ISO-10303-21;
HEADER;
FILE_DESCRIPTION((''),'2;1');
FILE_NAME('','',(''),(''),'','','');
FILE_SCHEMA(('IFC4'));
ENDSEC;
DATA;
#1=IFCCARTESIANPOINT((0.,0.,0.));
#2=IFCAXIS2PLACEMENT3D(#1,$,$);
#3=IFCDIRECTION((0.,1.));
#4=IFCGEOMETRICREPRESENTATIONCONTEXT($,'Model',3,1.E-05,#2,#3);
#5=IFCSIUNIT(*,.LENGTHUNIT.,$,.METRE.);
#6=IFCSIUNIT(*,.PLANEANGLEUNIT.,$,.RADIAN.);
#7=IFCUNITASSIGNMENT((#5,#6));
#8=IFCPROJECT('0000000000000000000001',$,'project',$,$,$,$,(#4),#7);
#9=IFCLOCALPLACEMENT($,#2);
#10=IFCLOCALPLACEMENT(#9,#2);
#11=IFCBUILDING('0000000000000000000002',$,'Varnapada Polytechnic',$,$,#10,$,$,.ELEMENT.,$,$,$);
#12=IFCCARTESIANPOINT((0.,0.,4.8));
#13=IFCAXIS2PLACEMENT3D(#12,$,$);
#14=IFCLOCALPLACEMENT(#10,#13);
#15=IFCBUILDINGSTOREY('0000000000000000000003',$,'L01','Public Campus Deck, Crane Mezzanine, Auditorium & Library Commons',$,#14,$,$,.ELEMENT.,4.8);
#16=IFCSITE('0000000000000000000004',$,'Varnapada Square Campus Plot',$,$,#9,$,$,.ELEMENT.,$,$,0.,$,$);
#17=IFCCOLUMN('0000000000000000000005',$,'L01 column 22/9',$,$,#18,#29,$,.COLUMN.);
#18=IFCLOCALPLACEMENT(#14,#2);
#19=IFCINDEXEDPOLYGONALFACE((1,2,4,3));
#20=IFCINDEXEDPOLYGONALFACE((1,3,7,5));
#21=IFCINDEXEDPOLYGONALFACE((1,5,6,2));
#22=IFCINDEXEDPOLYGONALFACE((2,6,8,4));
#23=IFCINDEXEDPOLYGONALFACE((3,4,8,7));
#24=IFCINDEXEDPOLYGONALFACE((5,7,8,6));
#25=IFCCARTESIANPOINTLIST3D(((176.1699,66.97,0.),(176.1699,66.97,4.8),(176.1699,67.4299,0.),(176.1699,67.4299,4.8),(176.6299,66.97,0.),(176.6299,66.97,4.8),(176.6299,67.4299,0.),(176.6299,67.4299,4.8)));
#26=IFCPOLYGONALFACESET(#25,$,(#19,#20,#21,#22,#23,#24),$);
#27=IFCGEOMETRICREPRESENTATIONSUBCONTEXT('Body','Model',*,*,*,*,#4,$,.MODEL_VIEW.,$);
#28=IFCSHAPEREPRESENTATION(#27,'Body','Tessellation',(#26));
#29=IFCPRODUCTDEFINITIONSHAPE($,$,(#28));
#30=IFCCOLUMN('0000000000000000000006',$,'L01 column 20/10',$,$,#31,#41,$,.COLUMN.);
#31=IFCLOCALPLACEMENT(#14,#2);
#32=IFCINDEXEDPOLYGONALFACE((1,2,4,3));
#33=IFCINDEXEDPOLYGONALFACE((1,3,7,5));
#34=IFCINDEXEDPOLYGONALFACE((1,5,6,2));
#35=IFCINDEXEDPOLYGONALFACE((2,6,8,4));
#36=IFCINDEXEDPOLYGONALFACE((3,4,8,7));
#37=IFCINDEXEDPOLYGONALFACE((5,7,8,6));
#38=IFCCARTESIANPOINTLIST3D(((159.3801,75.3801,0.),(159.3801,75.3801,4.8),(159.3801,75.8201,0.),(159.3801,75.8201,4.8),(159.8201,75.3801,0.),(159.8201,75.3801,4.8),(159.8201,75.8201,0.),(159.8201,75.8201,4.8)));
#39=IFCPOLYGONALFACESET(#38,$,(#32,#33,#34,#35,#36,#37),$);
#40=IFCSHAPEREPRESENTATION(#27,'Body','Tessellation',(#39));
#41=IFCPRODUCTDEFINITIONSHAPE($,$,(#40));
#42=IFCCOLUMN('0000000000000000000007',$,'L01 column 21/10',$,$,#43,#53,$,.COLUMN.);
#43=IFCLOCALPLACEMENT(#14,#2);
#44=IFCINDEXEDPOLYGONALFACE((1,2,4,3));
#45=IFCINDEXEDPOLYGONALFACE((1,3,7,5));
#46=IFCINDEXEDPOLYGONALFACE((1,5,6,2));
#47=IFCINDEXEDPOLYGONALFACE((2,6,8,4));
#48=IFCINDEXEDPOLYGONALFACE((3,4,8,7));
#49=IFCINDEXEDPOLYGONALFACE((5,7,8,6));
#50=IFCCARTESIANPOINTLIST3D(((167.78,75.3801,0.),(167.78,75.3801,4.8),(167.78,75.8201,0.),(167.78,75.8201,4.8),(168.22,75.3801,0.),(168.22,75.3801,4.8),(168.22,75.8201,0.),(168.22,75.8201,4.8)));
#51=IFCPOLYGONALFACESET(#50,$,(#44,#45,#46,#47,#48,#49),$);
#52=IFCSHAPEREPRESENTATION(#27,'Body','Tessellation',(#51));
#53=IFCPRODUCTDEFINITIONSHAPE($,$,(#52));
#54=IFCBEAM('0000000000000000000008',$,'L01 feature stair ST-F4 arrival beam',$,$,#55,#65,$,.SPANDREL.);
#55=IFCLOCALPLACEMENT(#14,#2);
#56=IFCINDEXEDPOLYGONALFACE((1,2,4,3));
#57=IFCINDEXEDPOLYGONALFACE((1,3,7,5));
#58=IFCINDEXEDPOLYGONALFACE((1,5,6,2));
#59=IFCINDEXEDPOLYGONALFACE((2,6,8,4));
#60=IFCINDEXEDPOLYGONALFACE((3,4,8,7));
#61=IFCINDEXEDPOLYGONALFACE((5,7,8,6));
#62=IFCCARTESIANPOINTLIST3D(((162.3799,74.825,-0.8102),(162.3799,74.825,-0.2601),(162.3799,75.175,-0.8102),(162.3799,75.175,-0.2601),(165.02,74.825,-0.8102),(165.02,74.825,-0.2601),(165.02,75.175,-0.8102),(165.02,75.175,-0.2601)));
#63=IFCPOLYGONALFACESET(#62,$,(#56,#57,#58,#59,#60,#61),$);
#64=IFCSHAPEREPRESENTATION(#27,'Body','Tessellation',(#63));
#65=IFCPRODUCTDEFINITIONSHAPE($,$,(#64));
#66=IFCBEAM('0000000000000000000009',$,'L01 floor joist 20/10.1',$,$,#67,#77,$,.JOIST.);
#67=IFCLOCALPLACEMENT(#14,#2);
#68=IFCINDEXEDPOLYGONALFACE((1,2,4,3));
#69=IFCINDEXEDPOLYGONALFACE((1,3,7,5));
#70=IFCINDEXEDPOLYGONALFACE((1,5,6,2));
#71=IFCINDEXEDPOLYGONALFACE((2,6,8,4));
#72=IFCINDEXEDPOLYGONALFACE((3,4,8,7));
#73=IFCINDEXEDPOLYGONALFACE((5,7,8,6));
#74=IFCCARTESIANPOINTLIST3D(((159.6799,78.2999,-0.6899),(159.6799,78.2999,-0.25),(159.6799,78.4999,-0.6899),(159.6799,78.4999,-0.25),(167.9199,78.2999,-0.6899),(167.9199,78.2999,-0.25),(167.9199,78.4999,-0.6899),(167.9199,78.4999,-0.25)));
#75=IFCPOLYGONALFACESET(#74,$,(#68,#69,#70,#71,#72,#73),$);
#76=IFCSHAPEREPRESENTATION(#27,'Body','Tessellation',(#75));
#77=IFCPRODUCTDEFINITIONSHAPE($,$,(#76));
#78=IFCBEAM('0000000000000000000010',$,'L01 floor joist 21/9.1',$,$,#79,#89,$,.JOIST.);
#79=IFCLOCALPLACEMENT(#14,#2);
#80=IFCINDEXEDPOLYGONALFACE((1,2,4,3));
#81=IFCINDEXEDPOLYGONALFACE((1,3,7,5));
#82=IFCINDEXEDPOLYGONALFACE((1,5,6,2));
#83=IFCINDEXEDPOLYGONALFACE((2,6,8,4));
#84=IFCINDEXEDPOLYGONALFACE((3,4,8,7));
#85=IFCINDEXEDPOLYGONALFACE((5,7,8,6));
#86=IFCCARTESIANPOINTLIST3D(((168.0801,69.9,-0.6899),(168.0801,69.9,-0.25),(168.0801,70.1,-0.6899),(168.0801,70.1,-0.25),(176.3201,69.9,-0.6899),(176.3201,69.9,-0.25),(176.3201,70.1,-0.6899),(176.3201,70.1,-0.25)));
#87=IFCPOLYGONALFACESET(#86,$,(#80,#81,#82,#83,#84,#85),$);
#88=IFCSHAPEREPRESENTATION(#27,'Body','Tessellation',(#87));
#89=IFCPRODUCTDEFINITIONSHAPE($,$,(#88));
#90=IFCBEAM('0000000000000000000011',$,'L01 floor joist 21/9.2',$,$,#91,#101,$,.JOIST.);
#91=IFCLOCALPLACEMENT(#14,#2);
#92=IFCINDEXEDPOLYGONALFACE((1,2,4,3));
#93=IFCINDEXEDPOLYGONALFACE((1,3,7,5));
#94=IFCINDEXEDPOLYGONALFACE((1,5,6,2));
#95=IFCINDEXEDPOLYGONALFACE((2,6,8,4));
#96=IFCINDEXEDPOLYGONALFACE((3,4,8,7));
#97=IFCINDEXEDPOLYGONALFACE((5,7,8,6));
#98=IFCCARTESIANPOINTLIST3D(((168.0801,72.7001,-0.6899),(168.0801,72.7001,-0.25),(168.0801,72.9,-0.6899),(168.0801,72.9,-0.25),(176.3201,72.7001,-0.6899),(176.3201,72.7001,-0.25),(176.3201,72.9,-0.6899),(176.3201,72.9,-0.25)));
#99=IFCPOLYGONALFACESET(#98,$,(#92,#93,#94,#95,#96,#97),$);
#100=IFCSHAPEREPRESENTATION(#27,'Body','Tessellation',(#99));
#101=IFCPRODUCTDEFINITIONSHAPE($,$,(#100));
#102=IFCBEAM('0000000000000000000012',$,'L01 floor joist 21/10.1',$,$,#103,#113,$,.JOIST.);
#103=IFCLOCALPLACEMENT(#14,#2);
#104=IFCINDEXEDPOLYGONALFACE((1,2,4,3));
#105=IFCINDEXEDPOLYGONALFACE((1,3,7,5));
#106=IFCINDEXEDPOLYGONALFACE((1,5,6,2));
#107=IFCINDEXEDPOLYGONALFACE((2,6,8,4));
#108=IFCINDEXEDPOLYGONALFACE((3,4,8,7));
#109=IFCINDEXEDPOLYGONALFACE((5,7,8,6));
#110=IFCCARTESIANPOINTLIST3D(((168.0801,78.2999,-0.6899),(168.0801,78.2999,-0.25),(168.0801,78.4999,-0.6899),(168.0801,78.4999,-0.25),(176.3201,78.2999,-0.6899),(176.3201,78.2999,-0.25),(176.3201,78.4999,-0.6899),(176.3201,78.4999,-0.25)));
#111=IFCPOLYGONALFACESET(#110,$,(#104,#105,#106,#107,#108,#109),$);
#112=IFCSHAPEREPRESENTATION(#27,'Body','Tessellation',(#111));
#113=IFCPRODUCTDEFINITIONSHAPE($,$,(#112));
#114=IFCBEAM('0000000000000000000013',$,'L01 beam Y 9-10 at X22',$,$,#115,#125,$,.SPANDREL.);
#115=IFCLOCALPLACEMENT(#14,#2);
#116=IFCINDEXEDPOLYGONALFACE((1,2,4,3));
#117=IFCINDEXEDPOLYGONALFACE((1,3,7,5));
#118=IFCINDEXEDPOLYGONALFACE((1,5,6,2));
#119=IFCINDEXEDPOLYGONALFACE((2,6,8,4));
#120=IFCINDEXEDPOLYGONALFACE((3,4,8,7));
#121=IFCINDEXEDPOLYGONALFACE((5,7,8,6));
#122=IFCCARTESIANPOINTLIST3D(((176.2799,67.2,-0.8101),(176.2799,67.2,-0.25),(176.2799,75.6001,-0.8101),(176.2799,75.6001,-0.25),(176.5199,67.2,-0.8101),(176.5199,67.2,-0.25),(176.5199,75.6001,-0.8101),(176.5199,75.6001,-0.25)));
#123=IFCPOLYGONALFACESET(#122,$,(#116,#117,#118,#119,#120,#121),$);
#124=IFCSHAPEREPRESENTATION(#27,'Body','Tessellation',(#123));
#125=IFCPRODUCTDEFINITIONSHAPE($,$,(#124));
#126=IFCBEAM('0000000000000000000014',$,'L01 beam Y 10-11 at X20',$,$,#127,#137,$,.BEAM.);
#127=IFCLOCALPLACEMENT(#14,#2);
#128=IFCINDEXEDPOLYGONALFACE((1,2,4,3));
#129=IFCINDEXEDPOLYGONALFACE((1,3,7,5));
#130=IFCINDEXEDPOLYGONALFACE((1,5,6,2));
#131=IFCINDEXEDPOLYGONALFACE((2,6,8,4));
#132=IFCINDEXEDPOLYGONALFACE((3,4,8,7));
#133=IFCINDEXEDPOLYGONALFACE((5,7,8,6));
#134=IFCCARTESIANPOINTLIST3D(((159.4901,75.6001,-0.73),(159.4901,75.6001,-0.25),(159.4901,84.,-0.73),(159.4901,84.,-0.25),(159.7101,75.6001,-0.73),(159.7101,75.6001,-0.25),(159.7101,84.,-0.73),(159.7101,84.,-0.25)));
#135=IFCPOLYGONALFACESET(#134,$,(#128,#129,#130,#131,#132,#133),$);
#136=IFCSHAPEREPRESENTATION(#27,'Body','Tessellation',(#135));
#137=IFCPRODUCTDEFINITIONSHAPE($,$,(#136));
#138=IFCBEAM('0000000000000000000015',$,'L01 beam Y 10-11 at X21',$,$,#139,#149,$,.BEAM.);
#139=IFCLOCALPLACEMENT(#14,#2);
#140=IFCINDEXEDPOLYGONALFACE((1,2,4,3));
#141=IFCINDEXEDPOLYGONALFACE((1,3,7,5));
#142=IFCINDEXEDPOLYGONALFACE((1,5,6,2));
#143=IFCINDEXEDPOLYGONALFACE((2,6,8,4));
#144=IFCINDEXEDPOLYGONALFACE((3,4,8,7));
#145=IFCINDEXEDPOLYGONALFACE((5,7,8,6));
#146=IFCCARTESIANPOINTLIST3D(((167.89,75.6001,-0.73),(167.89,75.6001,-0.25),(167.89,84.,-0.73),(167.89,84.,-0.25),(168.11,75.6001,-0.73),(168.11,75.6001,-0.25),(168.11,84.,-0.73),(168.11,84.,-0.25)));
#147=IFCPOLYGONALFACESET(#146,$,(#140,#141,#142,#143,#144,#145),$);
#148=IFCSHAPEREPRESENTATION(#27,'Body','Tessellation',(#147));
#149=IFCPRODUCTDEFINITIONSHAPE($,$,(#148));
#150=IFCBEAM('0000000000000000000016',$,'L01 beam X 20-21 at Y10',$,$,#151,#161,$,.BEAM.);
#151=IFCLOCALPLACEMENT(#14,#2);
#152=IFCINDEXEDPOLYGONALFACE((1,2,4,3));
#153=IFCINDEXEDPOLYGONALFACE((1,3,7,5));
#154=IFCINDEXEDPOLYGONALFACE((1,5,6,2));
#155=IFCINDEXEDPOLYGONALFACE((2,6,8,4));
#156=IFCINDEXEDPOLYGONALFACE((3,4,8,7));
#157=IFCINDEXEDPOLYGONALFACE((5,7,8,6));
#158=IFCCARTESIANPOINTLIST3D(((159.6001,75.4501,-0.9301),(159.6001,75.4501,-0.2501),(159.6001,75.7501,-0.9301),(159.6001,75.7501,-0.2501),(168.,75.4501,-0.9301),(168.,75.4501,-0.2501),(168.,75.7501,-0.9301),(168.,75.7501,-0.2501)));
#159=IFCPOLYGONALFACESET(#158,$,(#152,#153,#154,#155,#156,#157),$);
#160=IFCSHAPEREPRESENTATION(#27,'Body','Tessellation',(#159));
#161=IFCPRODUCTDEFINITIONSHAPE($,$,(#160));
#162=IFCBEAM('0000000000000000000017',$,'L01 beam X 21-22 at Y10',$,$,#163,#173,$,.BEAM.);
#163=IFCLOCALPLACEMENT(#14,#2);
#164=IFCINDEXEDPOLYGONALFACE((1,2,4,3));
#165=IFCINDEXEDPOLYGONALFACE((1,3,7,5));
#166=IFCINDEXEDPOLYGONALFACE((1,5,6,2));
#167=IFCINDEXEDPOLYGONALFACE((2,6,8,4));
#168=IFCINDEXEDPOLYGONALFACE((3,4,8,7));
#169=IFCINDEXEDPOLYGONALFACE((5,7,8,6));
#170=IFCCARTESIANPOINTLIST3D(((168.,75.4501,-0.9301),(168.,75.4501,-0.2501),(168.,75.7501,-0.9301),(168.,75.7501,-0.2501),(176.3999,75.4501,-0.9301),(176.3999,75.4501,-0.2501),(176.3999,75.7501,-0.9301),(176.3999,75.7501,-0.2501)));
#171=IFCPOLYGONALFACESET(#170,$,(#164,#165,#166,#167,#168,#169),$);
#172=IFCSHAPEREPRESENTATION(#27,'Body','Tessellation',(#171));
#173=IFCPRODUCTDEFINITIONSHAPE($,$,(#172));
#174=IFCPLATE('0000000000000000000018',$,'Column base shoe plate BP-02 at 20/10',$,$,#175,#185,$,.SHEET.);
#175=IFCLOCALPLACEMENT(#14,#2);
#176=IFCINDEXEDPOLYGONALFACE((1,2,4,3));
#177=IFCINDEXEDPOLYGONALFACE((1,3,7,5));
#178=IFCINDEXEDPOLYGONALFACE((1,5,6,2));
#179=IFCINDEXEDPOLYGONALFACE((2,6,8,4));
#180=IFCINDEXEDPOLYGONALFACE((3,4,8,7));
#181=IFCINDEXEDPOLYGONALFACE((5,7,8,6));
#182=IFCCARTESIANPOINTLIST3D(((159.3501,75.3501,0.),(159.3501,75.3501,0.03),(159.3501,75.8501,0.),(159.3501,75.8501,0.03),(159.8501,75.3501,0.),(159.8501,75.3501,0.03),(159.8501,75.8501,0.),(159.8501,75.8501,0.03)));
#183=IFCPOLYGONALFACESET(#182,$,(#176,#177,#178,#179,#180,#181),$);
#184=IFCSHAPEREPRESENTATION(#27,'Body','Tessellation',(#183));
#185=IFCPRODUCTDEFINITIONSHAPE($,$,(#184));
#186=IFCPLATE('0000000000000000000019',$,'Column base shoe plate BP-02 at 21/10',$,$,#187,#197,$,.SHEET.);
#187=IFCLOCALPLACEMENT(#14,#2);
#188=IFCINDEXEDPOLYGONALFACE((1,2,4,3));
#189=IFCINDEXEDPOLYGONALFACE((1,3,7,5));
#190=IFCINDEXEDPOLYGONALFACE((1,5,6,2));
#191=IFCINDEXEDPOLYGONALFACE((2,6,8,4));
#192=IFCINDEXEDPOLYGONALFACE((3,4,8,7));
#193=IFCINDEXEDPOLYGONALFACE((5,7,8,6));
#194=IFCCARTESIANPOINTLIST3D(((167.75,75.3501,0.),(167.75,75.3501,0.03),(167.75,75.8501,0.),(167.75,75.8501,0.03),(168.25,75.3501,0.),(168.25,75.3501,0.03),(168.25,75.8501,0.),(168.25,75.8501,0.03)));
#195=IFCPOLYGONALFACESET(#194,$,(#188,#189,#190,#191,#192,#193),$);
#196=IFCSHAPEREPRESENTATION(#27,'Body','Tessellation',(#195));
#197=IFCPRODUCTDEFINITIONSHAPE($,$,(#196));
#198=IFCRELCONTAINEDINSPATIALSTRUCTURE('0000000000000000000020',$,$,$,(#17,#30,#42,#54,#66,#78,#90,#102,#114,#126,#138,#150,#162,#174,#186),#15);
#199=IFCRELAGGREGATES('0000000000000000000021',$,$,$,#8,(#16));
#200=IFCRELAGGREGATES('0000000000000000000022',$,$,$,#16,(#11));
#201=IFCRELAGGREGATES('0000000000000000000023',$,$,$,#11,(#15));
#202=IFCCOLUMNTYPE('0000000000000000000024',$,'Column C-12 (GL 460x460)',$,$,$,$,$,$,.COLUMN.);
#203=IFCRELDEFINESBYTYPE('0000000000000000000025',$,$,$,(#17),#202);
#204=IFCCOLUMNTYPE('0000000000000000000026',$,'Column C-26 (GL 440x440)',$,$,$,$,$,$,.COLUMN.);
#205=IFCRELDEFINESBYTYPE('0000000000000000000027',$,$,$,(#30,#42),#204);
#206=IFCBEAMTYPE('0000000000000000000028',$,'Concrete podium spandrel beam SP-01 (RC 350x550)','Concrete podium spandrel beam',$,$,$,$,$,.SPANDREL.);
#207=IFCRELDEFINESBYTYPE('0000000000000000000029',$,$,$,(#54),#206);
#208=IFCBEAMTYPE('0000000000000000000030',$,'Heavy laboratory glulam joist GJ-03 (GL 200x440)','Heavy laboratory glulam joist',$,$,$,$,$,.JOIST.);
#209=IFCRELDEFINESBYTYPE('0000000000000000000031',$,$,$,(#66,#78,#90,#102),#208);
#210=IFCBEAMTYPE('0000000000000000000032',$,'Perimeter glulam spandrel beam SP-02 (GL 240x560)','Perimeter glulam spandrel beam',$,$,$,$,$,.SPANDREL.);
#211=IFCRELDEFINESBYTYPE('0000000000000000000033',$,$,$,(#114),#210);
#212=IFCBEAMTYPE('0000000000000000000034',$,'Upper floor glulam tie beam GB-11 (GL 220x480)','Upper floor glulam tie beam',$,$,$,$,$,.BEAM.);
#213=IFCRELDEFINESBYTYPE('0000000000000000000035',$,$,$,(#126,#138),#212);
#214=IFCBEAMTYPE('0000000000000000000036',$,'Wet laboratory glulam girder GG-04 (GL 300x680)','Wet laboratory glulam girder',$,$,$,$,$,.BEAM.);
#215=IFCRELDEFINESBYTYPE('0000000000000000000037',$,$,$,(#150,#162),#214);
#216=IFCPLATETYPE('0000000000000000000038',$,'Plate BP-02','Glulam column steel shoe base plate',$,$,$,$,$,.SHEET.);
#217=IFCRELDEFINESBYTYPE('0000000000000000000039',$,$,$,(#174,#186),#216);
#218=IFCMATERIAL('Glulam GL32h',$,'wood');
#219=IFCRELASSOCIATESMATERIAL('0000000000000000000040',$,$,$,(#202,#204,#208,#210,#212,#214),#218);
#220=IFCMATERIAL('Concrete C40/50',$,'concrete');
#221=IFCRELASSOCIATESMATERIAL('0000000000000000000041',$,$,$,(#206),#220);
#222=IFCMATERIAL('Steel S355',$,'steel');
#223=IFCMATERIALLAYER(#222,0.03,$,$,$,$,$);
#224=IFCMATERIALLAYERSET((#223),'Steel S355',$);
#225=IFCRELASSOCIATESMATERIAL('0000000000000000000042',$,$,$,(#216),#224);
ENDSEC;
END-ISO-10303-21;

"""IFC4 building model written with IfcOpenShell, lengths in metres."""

from ifc_helpers import new_model, si_unit, direction, frame, origin, origin_2d, place, context, subcontext, project, spatial, rectangle, extrude, material, layer, layer_set, material_profile, profile_set, type_object, element, save


model = new_model("IFC4")

# Units and contexts
model_context = context("Model", 3, precision=1e-05, world=origin(), true_north=direction((0.0, 1.0)))
body_context = subcontext(model_context, "Body", "Model", "MODEL_VIEW")
ifc_project = project(units=[si_unit("LENGTHUNIT", "METRE"), si_unit("PLANEANGLEUNIT", "RADIAN")], contexts=[model_context])

# Site, building, storey
site_placement = place(None, origin())
site = spatial("IfcSite", under=ifc_project, at=site_placement, Name="Varnapada Square Campus Plot", CompositionType="ELEMENT", RefElevation=0.0)
building_placement = place(site_placement, origin())
building = spatial("IfcBuilding", under=site, at=building_placement, Name="Varnapada Polytechnic", CompositionType="ELEMENT")
storey_placement = place(building_placement, frame((0.0, 0.0, 4.8)))
storey = spatial("IfcBuildingStorey", under=building, at=storey_placement, Name="L01", Description="Public Campus Deck, Crane Mezzanine, Auditorium & Library Commons", CompositionType="ELEMENT", Elevation=4.8)

# Columns
ifc_material_1 = material(Name="Glulam GL32h", Category="wood")
ifc_material_profile_1 = material_profile(ifc_material_1, rectangle(XDim=0.46, YDim=0.46, at=origin_2d()), Name="GL 460x460")
ifc_profile_set_1 = profile_set([ifc_material_profile_1], Name="Glulam GL32h")
column_type_1 = type_object("IfcColumnType", Name="Column C-12 (GL 460x460)", PredefinedType="COLUMN", material=ifc_profile_set_1)
column_placement = place(storey_placement, frame((176.3999, 67.2, 0.0), z_axis=(0.0, 0.0, 1.0), x_axis=(1.0, 0.0, 0.0)))
element("IfcColumn", 1, at=column_placement, inside=storey, type_object=column_type_1, Name="L01 column 22/9", PredefinedType="COLUMN", context=body_context, shape_type="SweptSolid", body=[
    extrude(rectangle(XDim=0.46, YDim=0.46, at=origin_2d()), origin(), (0.0, 0.0, 1.0), 4.8),
])
ifc_material_profile_2 = material_profile(ifc_material_1, rectangle(XDim=0.4399, YDim=0.4399, at=origin_2d()), Name="GL 440x440")
ifc_profile_set_2 = profile_set([ifc_material_profile_2], Name="Glulam GL32h")
column_type_2 = type_object("IfcColumnType", Name="Column C-26 (GL 440x440)", PredefinedType="COLUMN", material=ifc_profile_set_2)
for number, where, z_axis, x_axis, name in (
    (2, (159.6001, 75.6001, 0.0), (0.0, 0.0, 1.0), (1.0, 0.0, 0.0), "L01 column 20/10"),
    (3, (168.0, 75.6001, 0.0), (0.0, 0.0, 1.0), (1.0, 0.0, 0.0), "L01 column 21/10"),
):
    element("IfcColumn", number, at=place(storey_placement, frame(where, z_axis=z_axis, x_axis=x_axis)), inside=storey, type_object=column_type_2, Name=name, PredefinedType="COLUMN", context=body_context, shape_type="SweptSolid", body=[
        extrude(rectangle(XDim=0.4399, YDim=0.4399, at=origin_2d()), origin(), (0.0, 0.0, 1.0), 4.8),
    ])

# Beams
ifc_material_2 = material(Name="Concrete C40/50", Category="concrete")
ifc_material_profile_3 = material_profile(ifc_material_2, rectangle(XDim=0.3501, YDim=0.55, at=origin_2d()), Name="RC 350x550")
ifc_profile_set_3 = profile_set([ifc_material_profile_3], Name="Concrete C40/50")
beam_type_1 = type_object("IfcBeamType", Name="Concrete podium spandrel beam SP-01 (RC 350x550)", Description="Concrete podium spandrel beam", PredefinedType="SPANDREL", material=ifc_profile_set_3)
beam_1_placement = place(storey_placement, frame((162.3799, 75.0, -0.5352), z_axis=(1.0, 0.0, 0.0), x_axis=(0.0, 1.0, 0.0)))
element("IfcBeam", 4, at=beam_1_placement, inside=storey, type_object=beam_type_1, Name="L01 feature stair ST-F4 arrival beam", PredefinedType="SPANDREL", context=body_context, shape_type="SweptSolid", body=[
    extrude(rectangle(XDim=0.3501, YDim=0.55, at=origin_2d()), origin(), (0.0, 0.0, 1.0), 2.6401),
])
ifc_material_profile_4 = material_profile(ifc_material_1, rectangle(XDim=0.2, YDim=0.4399, at=origin_2d()), Name="GL 200x440")
ifc_profile_set_4 = profile_set([ifc_material_profile_4], Name="Glulam GL32h")
beam_type_2 = type_object("IfcBeamType", Name="Heavy laboratory glulam joist GJ-03 (GL 200x440)", Description="Heavy laboratory glulam joist", PredefinedType="JOIST", material=ifc_profile_set_4)
for number, where, z_axis, x_axis, name in (
    (5, (159.6799, 78.3999, -0.47), (1.0, 0.0, 0.0), (0.0, 1.0, 0.0), "L01 floor joist 20/10.1"),
    (6, (168.0801, 70.0, -0.47), (1.0, 0.0, 0.0), (0.0, 1.0, 0.0), "L01 floor joist 21/9.1"),
    (7, (168.0801, 72.8, -0.47), (1.0, 0.0, 0.0), (0.0, 1.0, 0.0), "L01 floor joist 21/9.2"),
    (8, (168.0801, 78.3999, -0.47), (1.0, 0.0, 0.0), (0.0, 1.0, 0.0), "L01 floor joist 21/10.1"),
):
    element("IfcBeam", number, at=place(storey_placement, frame(where, z_axis=z_axis, x_axis=x_axis)), inside=storey, type_object=beam_type_2, Name=name, PredefinedType="JOIST", context=body_context, shape_type="SweptSolid", body=[
        extrude(rectangle(XDim=0.2, YDim=0.4399, at=origin_2d()), origin(), (0.0, 0.0, 1.0), 8.24),
    ])
ifc_material_profile_5 = material_profile(ifc_material_1, rectangle(XDim=0.24, YDim=0.5601, at=origin_2d()), Name="GL 240x560")
ifc_profile_set_5 = profile_set([ifc_material_profile_5], Name="Glulam GL32h")
beam_type_3 = type_object("IfcBeamType", Name="Perimeter glulam spandrel beam SP-02 (GL 240x560)", Description="Perimeter glulam spandrel beam", PredefinedType="SPANDREL", material=ifc_profile_set_5)
beam_2_placement = place(storey_placement, frame((176.3999, 67.2, -0.53), z_axis=(0.0, 1.0, 0.0), x_axis=(-1.0, 0.0, 0.0)))
element("IfcBeam", 9, at=beam_2_placement, inside=storey, type_object=beam_type_3, Name="L01 beam Y 9-10 at X22", PredefinedType="SPANDREL", context=body_context, shape_type="SweptSolid", body=[
    extrude(rectangle(XDim=0.24, YDim=0.5601, at=origin_2d()), origin(), (0.0, 0.0, 1.0), 8.4001),
])
ifc_material_profile_6 = material_profile(ifc_material_1, rectangle(XDim=0.22, YDim=0.48, at=origin_2d()), Name="GL 220x480")
ifc_profile_set_6 = profile_set([ifc_material_profile_6], Name="Glulam GL32h")
beam_type_4 = type_object("IfcBeamType", Name="Upper floor glulam tie beam GB-11 (GL 220x480)", Description="Upper floor glulam tie beam", PredefinedType="BEAM", material=ifc_profile_set_6)
for number, where, z_axis, x_axis, name in (
    (10, (159.6001, 75.6001, -0.49), (0.0, 1.0, 0.0), (-1.0, 0.0, 0.0), "L01 beam Y 10-11 at X20"),
    (11, (168.0, 75.6001, -0.49), (0.0, 1.0, 0.0), (-1.0, 0.0, 0.0), "L01 beam Y 10-11 at X21"),
):
    element("IfcBeam", number, at=place(storey_placement, frame(where, z_axis=z_axis, x_axis=x_axis)), inside=storey, type_object=beam_type_4, Name=name, PredefinedType="BEAM", context=body_context, shape_type="SweptSolid", body=[
        extrude(rectangle(XDim=0.22, YDim=0.48, at=origin_2d()), origin(), (0.0, 0.0, 1.0), 8.3999),
    ])
ifc_material_profile_7 = material_profile(ifc_material_1, rectangle(XDim=0.3, YDim=0.6799, at=origin_2d()), Name="GL 300x680")
ifc_profile_set_7 = profile_set([ifc_material_profile_7], Name="Glulam GL32h")
beam_type_5 = type_object("IfcBeamType", Name="Wet laboratory glulam girder GG-04 (GL 300x680)", Description="Wet laboratory glulam girder", PredefinedType="BEAM", material=ifc_profile_set_7)
for number, where, z_axis, x_axis, name in (
    (12, (159.6001, 75.6001, -0.5901), (1.0, 0.0, 0.0), (0.0, 1.0, 0.0), "L01 beam X 20-21 at Y10"),
    (13, (168.0, 75.6001, -0.5901), (1.0, 0.0, 0.0), (0.0, 1.0, 0.0), "L01 beam X 21-22 at Y10"),
):
    element("IfcBeam", number, at=place(storey_placement, frame(where, z_axis=z_axis, x_axis=x_axis)), inside=storey, type_object=beam_type_5, Name=name, PredefinedType="BEAM", context=body_context, shape_type="SweptSolid", body=[
        extrude(rectangle(XDim=0.3, YDim=0.6799, at=origin_2d()), origin(), (0.0, 0.0, 1.0), 8.3999),
    ])

# Plates
ifc_material_3 = material(Name="Steel S355", Category="steel")
ifc_layer_1 = layer(ifc_material_3, 0.03)
ifc_layer_set_1 = layer_set([ifc_layer_1], Name="Steel S355")
plate_type = type_object("IfcPlateType", Name="Plate BP-02", Description="Glulam column steel shoe base plate", PredefinedType="SHEET", material=ifc_layer_set_1)
for number, where, z_axis, x_axis, name in (
    (14, (159.6001, 75.6001, 0.0), (0.0, 0.0, 1.0), (1.0, 0.0, 0.0), "Column base shoe plate BP-02 at 20/10"),
    (15, (168.0, 75.6001, 0.0), (0.0, 0.0, 1.0), (1.0, 0.0, 0.0), "Column base shoe plate BP-02 at 21/10"),
):
    element("IfcPlate", number, at=place(storey_placement, frame(where, z_axis=z_axis, x_axis=x_axis)), inside=storey, type_object=plate_type, Name=name, PredefinedType="SHEET", context=body_context, shape_type="SweptSolid", body=[
        extrude(rectangle(XDim=0.5, YDim=0.5, at=origin_2d()), origin(), (0.0, 0.0, 1.0), 0.03),
    ])

save(model, "model.ifc")
